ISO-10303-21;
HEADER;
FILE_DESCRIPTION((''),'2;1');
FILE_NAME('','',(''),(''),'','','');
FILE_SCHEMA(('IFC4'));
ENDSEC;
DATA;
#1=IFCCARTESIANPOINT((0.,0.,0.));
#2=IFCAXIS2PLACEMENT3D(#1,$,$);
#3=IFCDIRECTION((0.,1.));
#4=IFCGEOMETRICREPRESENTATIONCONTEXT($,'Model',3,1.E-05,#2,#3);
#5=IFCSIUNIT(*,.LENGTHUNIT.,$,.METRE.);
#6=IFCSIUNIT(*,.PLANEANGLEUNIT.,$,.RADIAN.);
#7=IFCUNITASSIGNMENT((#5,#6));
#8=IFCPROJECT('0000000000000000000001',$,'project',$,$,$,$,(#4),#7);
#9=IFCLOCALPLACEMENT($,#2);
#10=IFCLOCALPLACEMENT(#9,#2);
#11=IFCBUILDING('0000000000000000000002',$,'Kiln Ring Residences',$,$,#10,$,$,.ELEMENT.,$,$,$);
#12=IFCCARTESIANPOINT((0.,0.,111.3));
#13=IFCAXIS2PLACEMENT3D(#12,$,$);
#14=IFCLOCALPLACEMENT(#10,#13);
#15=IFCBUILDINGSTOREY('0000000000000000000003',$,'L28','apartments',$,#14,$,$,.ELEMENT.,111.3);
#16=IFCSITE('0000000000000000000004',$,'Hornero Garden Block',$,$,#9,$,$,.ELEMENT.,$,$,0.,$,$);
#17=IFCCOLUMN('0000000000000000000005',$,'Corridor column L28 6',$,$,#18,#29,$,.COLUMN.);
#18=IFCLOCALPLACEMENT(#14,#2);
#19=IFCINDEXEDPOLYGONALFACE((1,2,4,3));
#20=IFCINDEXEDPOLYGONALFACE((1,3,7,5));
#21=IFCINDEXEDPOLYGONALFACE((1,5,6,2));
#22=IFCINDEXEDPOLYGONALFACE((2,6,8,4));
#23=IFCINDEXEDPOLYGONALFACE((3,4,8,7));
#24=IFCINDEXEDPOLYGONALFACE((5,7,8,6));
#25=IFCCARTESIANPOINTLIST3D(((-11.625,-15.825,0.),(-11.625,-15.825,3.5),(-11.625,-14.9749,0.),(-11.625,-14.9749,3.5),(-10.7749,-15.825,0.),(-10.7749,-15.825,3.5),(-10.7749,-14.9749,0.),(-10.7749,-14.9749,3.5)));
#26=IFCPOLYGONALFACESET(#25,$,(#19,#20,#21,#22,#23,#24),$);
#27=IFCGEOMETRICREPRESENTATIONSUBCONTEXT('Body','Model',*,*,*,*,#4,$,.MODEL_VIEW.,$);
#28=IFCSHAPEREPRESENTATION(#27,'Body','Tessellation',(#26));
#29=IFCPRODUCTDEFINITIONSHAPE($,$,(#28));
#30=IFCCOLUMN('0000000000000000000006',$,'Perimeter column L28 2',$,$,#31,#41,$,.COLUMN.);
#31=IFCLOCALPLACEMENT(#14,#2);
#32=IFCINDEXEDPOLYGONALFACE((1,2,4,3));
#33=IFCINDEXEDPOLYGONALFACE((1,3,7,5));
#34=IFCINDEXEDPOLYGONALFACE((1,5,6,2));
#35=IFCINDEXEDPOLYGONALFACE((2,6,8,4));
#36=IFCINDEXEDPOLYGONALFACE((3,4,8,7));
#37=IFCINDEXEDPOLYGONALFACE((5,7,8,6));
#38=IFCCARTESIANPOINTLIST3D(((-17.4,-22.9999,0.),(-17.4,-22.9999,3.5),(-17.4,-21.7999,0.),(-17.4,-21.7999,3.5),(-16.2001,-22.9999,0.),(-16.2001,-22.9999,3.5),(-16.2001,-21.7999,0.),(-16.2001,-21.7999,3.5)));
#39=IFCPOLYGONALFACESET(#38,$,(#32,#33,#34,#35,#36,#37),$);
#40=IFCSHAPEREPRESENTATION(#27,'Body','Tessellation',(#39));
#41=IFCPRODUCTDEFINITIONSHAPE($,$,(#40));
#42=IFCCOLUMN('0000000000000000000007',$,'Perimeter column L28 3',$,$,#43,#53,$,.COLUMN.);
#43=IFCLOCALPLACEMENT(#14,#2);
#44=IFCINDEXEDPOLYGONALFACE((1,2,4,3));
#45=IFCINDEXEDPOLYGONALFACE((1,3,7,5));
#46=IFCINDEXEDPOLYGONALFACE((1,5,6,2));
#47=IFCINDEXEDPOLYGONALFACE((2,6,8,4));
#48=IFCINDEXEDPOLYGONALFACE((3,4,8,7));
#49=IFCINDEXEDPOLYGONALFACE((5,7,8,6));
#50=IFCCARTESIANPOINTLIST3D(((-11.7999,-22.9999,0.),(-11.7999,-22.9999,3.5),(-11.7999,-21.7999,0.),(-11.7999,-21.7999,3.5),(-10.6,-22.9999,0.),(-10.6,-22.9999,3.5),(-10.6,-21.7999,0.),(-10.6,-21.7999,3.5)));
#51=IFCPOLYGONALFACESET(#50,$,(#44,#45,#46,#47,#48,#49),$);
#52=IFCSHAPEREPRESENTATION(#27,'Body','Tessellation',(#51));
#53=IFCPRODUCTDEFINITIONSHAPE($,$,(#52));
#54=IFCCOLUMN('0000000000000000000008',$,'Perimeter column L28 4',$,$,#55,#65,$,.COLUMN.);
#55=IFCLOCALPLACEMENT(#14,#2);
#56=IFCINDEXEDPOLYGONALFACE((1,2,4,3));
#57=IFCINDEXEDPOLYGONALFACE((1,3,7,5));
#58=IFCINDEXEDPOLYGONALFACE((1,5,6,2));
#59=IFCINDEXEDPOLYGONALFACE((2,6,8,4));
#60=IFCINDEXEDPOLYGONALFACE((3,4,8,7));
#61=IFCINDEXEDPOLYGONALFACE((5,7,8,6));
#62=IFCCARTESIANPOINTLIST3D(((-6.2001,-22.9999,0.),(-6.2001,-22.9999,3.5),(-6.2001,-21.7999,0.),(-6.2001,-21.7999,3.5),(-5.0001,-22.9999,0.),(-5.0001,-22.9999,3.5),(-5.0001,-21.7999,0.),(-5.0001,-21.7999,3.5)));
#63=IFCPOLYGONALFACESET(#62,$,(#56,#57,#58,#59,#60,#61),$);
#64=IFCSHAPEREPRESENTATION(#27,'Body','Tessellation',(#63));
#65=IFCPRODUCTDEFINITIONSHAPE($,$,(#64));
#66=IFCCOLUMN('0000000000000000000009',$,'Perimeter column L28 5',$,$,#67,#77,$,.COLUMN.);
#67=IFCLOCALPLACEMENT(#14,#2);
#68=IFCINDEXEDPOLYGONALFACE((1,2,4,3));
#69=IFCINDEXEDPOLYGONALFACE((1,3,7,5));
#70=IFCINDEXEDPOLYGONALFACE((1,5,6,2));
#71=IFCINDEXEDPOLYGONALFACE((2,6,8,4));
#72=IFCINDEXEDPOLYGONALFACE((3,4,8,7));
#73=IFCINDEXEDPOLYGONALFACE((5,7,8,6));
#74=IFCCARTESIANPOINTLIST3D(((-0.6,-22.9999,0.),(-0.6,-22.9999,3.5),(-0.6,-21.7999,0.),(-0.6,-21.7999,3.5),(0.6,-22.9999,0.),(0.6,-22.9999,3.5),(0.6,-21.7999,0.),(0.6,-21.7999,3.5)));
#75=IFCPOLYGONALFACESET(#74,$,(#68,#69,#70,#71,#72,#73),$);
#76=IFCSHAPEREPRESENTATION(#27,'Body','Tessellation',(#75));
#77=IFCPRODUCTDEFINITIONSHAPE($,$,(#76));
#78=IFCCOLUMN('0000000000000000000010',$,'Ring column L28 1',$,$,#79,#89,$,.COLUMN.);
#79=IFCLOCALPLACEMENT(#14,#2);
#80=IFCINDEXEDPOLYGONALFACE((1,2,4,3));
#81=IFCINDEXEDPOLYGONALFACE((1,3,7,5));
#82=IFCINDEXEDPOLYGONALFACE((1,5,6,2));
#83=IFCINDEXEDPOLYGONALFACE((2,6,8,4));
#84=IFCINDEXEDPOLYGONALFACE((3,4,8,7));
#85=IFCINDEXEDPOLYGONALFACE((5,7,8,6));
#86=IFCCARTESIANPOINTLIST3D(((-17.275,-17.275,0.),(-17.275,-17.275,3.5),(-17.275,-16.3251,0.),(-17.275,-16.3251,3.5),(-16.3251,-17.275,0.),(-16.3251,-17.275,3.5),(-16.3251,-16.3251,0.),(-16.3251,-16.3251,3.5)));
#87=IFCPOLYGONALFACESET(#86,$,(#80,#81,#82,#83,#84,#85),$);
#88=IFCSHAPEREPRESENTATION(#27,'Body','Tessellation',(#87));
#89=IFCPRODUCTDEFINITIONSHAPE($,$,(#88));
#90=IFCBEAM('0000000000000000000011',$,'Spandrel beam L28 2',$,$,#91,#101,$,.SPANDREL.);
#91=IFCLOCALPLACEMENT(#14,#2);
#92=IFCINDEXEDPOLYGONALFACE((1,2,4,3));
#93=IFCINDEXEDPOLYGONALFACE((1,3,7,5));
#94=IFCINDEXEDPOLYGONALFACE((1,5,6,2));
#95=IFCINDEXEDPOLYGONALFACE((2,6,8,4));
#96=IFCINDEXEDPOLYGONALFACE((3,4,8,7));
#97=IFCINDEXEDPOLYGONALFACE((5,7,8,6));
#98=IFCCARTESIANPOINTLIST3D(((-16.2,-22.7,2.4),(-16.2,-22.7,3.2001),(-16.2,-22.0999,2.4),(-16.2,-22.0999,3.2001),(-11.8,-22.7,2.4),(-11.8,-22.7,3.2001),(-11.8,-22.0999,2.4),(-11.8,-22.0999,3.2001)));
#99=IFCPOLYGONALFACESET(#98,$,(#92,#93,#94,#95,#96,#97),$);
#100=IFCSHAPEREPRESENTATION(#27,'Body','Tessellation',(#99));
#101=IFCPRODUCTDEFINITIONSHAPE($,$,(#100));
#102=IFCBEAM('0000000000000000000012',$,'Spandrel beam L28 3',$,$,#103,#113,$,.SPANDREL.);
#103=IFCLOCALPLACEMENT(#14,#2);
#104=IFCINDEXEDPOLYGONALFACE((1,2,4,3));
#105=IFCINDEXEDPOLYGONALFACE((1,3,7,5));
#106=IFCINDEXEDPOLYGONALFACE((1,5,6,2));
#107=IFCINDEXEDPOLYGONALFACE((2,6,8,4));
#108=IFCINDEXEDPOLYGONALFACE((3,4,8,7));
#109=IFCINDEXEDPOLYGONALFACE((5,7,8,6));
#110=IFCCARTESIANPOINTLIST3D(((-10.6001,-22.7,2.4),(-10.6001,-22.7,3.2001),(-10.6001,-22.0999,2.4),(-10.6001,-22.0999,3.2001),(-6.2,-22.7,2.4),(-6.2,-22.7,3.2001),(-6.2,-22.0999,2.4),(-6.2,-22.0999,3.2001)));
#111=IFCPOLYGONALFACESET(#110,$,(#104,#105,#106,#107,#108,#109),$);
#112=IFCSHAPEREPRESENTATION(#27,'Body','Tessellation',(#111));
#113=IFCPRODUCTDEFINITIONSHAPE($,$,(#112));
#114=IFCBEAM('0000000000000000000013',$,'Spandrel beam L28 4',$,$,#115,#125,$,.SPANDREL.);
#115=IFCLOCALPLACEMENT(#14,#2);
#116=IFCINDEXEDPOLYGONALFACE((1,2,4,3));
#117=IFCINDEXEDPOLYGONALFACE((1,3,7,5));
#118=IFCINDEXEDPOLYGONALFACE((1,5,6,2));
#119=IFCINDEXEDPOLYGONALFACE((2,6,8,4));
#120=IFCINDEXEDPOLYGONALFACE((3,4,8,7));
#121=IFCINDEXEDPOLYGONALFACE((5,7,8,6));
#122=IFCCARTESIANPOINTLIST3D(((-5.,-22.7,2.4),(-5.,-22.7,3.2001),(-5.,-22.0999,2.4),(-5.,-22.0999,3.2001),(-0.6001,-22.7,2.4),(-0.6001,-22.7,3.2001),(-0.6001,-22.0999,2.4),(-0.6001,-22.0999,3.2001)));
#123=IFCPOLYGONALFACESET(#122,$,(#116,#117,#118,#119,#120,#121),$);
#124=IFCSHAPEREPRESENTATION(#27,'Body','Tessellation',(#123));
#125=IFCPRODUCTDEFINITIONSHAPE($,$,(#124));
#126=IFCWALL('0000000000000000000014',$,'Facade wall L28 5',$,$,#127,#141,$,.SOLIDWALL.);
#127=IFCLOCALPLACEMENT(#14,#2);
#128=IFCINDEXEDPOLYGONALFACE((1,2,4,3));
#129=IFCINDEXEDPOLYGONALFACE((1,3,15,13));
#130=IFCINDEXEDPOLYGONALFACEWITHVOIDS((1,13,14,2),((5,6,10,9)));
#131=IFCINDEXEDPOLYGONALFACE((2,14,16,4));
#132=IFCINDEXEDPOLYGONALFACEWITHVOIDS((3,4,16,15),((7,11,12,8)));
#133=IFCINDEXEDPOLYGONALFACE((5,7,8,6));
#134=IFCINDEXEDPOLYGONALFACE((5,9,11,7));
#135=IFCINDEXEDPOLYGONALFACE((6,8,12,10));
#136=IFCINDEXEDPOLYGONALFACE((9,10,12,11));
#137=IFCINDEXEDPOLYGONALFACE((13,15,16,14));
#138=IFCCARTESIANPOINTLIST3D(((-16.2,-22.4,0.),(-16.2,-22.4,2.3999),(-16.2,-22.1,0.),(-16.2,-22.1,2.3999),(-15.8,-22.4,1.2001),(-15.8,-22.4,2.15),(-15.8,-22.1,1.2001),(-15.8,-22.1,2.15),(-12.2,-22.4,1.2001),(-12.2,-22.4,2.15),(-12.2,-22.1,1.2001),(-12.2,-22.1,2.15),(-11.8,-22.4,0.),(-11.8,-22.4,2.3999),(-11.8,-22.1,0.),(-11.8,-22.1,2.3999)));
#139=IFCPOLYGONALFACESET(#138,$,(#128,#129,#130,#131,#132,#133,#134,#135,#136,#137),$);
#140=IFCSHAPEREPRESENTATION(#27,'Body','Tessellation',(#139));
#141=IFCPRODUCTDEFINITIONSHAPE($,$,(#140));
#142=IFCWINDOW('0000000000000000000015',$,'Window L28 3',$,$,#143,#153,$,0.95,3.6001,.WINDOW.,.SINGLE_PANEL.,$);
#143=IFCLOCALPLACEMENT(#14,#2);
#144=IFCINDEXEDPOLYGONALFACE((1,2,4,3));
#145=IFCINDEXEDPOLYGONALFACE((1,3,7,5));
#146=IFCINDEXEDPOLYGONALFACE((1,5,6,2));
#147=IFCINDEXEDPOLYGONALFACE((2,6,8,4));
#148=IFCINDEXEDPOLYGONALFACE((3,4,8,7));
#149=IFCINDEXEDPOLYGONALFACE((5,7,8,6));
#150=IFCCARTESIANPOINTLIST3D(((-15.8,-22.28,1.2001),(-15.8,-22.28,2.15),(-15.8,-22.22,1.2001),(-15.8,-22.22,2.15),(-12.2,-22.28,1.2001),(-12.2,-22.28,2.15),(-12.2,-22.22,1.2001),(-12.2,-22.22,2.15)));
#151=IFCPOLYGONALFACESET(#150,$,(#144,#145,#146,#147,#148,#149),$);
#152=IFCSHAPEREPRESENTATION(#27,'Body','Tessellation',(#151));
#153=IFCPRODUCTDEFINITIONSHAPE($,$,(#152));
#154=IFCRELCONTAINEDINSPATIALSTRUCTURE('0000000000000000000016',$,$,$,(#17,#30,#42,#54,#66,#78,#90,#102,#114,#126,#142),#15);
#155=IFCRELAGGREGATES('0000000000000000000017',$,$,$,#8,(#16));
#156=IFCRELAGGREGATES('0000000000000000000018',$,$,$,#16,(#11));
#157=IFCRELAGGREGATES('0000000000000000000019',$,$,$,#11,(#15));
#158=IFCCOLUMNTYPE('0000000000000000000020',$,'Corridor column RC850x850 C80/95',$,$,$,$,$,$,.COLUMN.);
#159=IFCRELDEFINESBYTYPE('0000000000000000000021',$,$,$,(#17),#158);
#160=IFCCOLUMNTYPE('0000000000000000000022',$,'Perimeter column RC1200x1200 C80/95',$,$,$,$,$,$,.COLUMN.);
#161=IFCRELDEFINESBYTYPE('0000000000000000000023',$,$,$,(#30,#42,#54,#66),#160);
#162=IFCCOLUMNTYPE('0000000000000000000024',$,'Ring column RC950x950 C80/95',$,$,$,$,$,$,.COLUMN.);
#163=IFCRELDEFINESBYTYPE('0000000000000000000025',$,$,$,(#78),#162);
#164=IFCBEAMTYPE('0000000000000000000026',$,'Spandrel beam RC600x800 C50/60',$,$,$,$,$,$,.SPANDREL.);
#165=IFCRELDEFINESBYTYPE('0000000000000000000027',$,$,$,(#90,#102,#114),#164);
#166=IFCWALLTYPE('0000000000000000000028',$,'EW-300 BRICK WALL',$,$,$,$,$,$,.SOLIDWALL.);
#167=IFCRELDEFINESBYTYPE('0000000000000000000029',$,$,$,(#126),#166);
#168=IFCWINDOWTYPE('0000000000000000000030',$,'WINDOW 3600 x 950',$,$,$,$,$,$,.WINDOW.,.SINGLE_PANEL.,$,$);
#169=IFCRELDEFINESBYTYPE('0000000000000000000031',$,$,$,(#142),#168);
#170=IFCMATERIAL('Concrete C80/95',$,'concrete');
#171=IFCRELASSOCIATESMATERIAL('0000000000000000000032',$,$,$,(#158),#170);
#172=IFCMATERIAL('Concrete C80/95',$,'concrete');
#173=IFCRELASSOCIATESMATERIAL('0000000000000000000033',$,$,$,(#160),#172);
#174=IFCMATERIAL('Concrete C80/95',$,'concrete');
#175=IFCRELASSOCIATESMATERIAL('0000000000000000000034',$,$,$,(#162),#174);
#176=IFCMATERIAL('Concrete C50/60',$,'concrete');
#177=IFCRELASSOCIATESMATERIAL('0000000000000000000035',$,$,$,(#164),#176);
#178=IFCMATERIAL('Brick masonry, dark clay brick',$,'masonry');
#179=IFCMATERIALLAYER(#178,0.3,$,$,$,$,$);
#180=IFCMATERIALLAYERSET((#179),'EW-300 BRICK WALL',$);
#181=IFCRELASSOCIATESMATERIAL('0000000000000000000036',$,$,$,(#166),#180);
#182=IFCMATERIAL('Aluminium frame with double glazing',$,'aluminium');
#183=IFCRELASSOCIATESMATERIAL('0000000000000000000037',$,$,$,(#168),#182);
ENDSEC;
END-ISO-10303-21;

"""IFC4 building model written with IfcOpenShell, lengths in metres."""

from ifc_helpers import new_model, si_unit, direction, frame, frame_2d, origin, origin_2d, place, context, subcontext, project, spatial, rectangle, extrude, material, layer, layer_set, material_profile, profile_set, type_object, element, fill, save


model = new_model("IFC4")

# Units and contexts
model_context = context("Model", 3, precision=1e-05, world=origin(), true_north=direction((0.0, 1.0)))
body_context = subcontext(model_context, "Body", "Model", "MODEL_VIEW")
ifc_project = project(units=[si_unit("LENGTHUNIT", "METRE"), si_unit("PLANEANGLEUNIT", "RADIAN")], contexts=[model_context])

# Site, building, storey
site_placement = place(None, origin())
site = spatial("IfcSite", under=ifc_project, at=site_placement, Name="Hornero Garden Block", CompositionType="ELEMENT", RefElevation=0.0)
building_placement = place(site_placement, origin())
building = spatial("IfcBuilding", under=site, at=building_placement, Name="Kiln Ring Residences", CompositionType="ELEMENT")
storey_placement = place(building_placement, frame((0.0, 0.0, 111.3)))
storey = spatial("IfcBuildingStorey", under=building, at=storey_placement, Name="L28", Description="apartments", CompositionType="ELEMENT", Elevation=111.3)

# Columns
ifc_material_1 = material(Name="Concrete C80/95", Category="concrete")
ifc_material_profile_1 = material_profile(ifc_material_1, rectangle(XDim=0.8501, YDim=0.8501, at=origin_2d()), Name="RC850x850")
ifc_profile_set_1 = profile_set([ifc_material_profile_1], Name="Concrete C80/95")
column_type_1 = type_object("IfcColumnType", Name="Corridor column RC850x850 C80/95", PredefinedType="COLUMN", material=ifc_profile_set_1)
column_1_placement = place(storey_placement, frame((-11.2, -15.3999, 0.0), z_axis=(0.0, 0.0, 1.0), x_axis=(1.0, 0.0, 0.0)))
element("IfcColumn", 1, at=column_1_placement, inside=storey, type_object=column_type_1, Name="Corridor column L28 6", PredefinedType="COLUMN", context=body_context, shape_type="SweptSolid", body=[
    extrude(rectangle(XDim=0.8501, YDim=0.8501, at=origin_2d()), origin(), (0.0, 0.0, 1.0), 3.5),
])
ifc_material_2 = material(Name="Concrete C80/95", Category="concrete")
ifc_material_profile_2 = material_profile(ifc_material_2, rectangle(XDim=1.2, YDim=1.2, at=origin_2d()), Name="RC1200x1200")
ifc_profile_set_2 = profile_set([ifc_material_profile_2], Name="Concrete C80/95")
column_type_2 = type_object("IfcColumnType", Name="Perimeter column RC1200x1200 C80/95", PredefinedType="COLUMN", material=ifc_profile_set_2)
for number, where, z_axis, x_axis, name in (
    (2, (-16.8, -22.3999, 0.0), (0.0, 0.0, 1.0), (1.0, 0.0, 0.0), "Perimeter column L28 2"),
    (3, (-11.2, -22.3999, 0.0), (0.0, 0.0, 1.0), (1.0, 0.0, 0.0), "Perimeter column L28 3"),
    (4, (-5.6001, -22.3999, 0.0), (0.0, 0.0, 1.0), (1.0, 0.0, 0.0), "Perimeter column L28 4"),
    (5, (0.0, -22.3999, 0.0), (0.0, 0.0, 1.0), (1.0, 0.0, 0.0), "Perimeter column L28 5"),
):
    element("IfcColumn", number, at=place(storey_placement, frame(where, z_axis=z_axis, x_axis=x_axis)), inside=storey, type_object=column_type_2, Name=name, PredefinedType="COLUMN", context=body_context, shape_type="SweptSolid", body=[
        extrude(rectangle(XDim=1.2, YDim=1.2, at=origin_2d()), origin(), (0.0, 0.0, 1.0), 3.5),
    ])
ifc_material_3 = material(Name="Concrete C80/95", Category="concrete")
ifc_material_profile_3 = material_profile(ifc_material_3, rectangle(XDim=0.95, YDim=0.95, at=origin_2d()), Name="RC950x950")
ifc_profile_set_3 = profile_set([ifc_material_profile_3], Name="Concrete C80/95")
column_type_3 = type_object("IfcColumnType", Name="Ring column RC950x950 C80/95", PredefinedType="COLUMN", material=ifc_profile_set_3)
column_2_placement = place(storey_placement, frame((-16.8, -16.8, 0.0), z_axis=(0.0, 0.0, 1.0), x_axis=(1.0, 0.0, 0.0)))
element("IfcColumn", 6, at=column_2_placement, inside=storey, type_object=column_type_3, Name="Ring column L28 1", PredefinedType="COLUMN", context=body_context, shape_type="SweptSolid", body=[
    extrude(rectangle(XDim=0.95, YDim=0.95, at=origin_2d()), origin(), (0.0, 0.0, 1.0), 3.5),
])

# Beams
ifc_material_4 = material(Name="Concrete C50/60", Category="concrete")
ifc_material_profile_4 = material_profile(ifc_material_4, rectangle(XDim=0.6001, YDim=0.8, at=origin_2d()), Name="RC600x800")
ifc_profile_set_4 = profile_set([ifc_material_profile_4], Name="Concrete C50/60")
beam_type = type_object("IfcBeamType", Name="Spandrel beam RC600x800 C50/60", PredefinedType="SPANDREL", material=ifc_profile_set_4)
beam_1_placement = place(storey_placement, frame((-16.2, -22.3999, 2.8), z_axis=(1.0, 0.0, 0.0), x_axis=(0.0, 1.0, 0.0)))
element("IfcBeam", 7, at=beam_1_placement, inside=storey, type_object=beam_type, Name="Spandrel beam L28 2", PredefinedType="SPANDREL", context=body_context, shape_type="SweptSolid", body=[
    extrude(rectangle(XDim=0.6001, YDim=0.8, at=origin_2d()), origin(), (0.0, 0.0, 1.0), 4.3999),
])
beam_2_placement = place(storey_placement, frame((-10.6001, -22.3999, 2.8), z_axis=(1.0, 0.0, 0.0), x_axis=(0.0, 1.0, 0.0)))
element("IfcBeam", 8, at=beam_2_placement, inside=storey, type_object=beam_type, Name="Spandrel beam L28 3", PredefinedType="SPANDREL", context=body_context, shape_type="SweptSolid", body=[
    extrude(rectangle(XDim=0.6001, YDim=0.8, at=origin_2d()), origin(), (0.0, 0.0, 1.0), 4.4001),
])
beam_3_placement = place(storey_placement, frame((-5.0, -22.3999, 2.8), z_axis=(1.0, 0.0, 0.0), x_axis=(0.0, 1.0, 0.0)))
element("IfcBeam", 9, at=beam_3_placement, inside=storey, type_object=beam_type, Name="Spandrel beam L28 4", PredefinedType="SPANDREL", context=body_context, shape_type="SweptSolid", body=[
    extrude(rectangle(XDim=0.6001, YDim=0.8, at=origin_2d()), origin(), (0.0, 0.0, 1.0), 4.3999),
])

# Wall, opening, window
ifc_material_5 = material(Name="Brick masonry, dark clay brick", Category="masonry")
ifc_layer_1 = layer(ifc_material_5, 0.3)
ifc_layer_set_1 = layer_set([ifc_layer_1], Name="EW-300 BRICK WALL")
wall_type_1 = type_object("IfcWallType", Name="EW-300 BRICK WALL", PredefinedType="SOLIDWALL", material=ifc_layer_set_1)
wall_1_placement = place(storey_placement, frame((-16.2, -22.25, 0.0), z_axis=(0.0, 0.0, 1.0), x_axis=(1.0, 0.0, 0.0)))
wall_1 = element("IfcWall", 10, at=wall_1_placement, inside=storey, type_object=wall_type_1, Name="Facade wall L28 5", PredefinedType="SOLIDWALL", context=body_context, shape_type="SweptSolid", body=[
    extrude(rectangle(XDim=4.3999, YDim=0.3, at=frame_2d((2.2, 0.0))), origin(), (0.0, 0.0, 1.0), 2.3999),
])
opening_1_placement = place(wall_1_placement, frame((0.3999, 0.0, 1.2)))
opening_1 = element("IfcOpeningElement", 11, at=opening_1_placement, cuts=wall_1, PredefinedType="OPENING", context=body_context, shape_type="SweptSolid", body=[
    extrude(rectangle(XDim=3.6001, YDim=0.95, at=frame_2d((1.8, 0.4751))), frame((0.0, 0.1599, 0.0), z_axis=(0.0, -1.0, 0.0), x_axis=(1.0, 0.0, 0.0)), (0.0, 0.0, 1.0), 0.3201),
])
ifc_material_6 = material(Name="Aluminium frame with double glazing", Category="aluminium")
window_type_1 = type_object("IfcWindowType", Name="WINDOW 3600 x 950", PartitioningType="SINGLE_PANEL", PredefinedType="WINDOW", material=ifc_material_6)
window_1_placement = place(opening_1_placement, origin())
window_1 = element("IfcWindow", 12, at=window_1_placement, inside=storey, type_object=window_type_1, Name="Window L28 3", OverallHeight=0.95, OverallWidth=3.6001, PartitioningType="SINGLE_PANEL", PredefinedType="WINDOW", context=body_context, shape_type="SweptSolid", body=[
    extrude(rectangle(XDim=3.6001, YDim=0.95, at=frame_2d((1.8, 0.4751))), frame((0.0, 0.03, 0.0), z_axis=(0.0, -1.0, 0.0), x_axis=(1.0, 0.0, 0.0)), (0.0, 0.0, 1.0), 0.0601),
])
fill(opening_1, window_1)

save(model, "model.ifc")
